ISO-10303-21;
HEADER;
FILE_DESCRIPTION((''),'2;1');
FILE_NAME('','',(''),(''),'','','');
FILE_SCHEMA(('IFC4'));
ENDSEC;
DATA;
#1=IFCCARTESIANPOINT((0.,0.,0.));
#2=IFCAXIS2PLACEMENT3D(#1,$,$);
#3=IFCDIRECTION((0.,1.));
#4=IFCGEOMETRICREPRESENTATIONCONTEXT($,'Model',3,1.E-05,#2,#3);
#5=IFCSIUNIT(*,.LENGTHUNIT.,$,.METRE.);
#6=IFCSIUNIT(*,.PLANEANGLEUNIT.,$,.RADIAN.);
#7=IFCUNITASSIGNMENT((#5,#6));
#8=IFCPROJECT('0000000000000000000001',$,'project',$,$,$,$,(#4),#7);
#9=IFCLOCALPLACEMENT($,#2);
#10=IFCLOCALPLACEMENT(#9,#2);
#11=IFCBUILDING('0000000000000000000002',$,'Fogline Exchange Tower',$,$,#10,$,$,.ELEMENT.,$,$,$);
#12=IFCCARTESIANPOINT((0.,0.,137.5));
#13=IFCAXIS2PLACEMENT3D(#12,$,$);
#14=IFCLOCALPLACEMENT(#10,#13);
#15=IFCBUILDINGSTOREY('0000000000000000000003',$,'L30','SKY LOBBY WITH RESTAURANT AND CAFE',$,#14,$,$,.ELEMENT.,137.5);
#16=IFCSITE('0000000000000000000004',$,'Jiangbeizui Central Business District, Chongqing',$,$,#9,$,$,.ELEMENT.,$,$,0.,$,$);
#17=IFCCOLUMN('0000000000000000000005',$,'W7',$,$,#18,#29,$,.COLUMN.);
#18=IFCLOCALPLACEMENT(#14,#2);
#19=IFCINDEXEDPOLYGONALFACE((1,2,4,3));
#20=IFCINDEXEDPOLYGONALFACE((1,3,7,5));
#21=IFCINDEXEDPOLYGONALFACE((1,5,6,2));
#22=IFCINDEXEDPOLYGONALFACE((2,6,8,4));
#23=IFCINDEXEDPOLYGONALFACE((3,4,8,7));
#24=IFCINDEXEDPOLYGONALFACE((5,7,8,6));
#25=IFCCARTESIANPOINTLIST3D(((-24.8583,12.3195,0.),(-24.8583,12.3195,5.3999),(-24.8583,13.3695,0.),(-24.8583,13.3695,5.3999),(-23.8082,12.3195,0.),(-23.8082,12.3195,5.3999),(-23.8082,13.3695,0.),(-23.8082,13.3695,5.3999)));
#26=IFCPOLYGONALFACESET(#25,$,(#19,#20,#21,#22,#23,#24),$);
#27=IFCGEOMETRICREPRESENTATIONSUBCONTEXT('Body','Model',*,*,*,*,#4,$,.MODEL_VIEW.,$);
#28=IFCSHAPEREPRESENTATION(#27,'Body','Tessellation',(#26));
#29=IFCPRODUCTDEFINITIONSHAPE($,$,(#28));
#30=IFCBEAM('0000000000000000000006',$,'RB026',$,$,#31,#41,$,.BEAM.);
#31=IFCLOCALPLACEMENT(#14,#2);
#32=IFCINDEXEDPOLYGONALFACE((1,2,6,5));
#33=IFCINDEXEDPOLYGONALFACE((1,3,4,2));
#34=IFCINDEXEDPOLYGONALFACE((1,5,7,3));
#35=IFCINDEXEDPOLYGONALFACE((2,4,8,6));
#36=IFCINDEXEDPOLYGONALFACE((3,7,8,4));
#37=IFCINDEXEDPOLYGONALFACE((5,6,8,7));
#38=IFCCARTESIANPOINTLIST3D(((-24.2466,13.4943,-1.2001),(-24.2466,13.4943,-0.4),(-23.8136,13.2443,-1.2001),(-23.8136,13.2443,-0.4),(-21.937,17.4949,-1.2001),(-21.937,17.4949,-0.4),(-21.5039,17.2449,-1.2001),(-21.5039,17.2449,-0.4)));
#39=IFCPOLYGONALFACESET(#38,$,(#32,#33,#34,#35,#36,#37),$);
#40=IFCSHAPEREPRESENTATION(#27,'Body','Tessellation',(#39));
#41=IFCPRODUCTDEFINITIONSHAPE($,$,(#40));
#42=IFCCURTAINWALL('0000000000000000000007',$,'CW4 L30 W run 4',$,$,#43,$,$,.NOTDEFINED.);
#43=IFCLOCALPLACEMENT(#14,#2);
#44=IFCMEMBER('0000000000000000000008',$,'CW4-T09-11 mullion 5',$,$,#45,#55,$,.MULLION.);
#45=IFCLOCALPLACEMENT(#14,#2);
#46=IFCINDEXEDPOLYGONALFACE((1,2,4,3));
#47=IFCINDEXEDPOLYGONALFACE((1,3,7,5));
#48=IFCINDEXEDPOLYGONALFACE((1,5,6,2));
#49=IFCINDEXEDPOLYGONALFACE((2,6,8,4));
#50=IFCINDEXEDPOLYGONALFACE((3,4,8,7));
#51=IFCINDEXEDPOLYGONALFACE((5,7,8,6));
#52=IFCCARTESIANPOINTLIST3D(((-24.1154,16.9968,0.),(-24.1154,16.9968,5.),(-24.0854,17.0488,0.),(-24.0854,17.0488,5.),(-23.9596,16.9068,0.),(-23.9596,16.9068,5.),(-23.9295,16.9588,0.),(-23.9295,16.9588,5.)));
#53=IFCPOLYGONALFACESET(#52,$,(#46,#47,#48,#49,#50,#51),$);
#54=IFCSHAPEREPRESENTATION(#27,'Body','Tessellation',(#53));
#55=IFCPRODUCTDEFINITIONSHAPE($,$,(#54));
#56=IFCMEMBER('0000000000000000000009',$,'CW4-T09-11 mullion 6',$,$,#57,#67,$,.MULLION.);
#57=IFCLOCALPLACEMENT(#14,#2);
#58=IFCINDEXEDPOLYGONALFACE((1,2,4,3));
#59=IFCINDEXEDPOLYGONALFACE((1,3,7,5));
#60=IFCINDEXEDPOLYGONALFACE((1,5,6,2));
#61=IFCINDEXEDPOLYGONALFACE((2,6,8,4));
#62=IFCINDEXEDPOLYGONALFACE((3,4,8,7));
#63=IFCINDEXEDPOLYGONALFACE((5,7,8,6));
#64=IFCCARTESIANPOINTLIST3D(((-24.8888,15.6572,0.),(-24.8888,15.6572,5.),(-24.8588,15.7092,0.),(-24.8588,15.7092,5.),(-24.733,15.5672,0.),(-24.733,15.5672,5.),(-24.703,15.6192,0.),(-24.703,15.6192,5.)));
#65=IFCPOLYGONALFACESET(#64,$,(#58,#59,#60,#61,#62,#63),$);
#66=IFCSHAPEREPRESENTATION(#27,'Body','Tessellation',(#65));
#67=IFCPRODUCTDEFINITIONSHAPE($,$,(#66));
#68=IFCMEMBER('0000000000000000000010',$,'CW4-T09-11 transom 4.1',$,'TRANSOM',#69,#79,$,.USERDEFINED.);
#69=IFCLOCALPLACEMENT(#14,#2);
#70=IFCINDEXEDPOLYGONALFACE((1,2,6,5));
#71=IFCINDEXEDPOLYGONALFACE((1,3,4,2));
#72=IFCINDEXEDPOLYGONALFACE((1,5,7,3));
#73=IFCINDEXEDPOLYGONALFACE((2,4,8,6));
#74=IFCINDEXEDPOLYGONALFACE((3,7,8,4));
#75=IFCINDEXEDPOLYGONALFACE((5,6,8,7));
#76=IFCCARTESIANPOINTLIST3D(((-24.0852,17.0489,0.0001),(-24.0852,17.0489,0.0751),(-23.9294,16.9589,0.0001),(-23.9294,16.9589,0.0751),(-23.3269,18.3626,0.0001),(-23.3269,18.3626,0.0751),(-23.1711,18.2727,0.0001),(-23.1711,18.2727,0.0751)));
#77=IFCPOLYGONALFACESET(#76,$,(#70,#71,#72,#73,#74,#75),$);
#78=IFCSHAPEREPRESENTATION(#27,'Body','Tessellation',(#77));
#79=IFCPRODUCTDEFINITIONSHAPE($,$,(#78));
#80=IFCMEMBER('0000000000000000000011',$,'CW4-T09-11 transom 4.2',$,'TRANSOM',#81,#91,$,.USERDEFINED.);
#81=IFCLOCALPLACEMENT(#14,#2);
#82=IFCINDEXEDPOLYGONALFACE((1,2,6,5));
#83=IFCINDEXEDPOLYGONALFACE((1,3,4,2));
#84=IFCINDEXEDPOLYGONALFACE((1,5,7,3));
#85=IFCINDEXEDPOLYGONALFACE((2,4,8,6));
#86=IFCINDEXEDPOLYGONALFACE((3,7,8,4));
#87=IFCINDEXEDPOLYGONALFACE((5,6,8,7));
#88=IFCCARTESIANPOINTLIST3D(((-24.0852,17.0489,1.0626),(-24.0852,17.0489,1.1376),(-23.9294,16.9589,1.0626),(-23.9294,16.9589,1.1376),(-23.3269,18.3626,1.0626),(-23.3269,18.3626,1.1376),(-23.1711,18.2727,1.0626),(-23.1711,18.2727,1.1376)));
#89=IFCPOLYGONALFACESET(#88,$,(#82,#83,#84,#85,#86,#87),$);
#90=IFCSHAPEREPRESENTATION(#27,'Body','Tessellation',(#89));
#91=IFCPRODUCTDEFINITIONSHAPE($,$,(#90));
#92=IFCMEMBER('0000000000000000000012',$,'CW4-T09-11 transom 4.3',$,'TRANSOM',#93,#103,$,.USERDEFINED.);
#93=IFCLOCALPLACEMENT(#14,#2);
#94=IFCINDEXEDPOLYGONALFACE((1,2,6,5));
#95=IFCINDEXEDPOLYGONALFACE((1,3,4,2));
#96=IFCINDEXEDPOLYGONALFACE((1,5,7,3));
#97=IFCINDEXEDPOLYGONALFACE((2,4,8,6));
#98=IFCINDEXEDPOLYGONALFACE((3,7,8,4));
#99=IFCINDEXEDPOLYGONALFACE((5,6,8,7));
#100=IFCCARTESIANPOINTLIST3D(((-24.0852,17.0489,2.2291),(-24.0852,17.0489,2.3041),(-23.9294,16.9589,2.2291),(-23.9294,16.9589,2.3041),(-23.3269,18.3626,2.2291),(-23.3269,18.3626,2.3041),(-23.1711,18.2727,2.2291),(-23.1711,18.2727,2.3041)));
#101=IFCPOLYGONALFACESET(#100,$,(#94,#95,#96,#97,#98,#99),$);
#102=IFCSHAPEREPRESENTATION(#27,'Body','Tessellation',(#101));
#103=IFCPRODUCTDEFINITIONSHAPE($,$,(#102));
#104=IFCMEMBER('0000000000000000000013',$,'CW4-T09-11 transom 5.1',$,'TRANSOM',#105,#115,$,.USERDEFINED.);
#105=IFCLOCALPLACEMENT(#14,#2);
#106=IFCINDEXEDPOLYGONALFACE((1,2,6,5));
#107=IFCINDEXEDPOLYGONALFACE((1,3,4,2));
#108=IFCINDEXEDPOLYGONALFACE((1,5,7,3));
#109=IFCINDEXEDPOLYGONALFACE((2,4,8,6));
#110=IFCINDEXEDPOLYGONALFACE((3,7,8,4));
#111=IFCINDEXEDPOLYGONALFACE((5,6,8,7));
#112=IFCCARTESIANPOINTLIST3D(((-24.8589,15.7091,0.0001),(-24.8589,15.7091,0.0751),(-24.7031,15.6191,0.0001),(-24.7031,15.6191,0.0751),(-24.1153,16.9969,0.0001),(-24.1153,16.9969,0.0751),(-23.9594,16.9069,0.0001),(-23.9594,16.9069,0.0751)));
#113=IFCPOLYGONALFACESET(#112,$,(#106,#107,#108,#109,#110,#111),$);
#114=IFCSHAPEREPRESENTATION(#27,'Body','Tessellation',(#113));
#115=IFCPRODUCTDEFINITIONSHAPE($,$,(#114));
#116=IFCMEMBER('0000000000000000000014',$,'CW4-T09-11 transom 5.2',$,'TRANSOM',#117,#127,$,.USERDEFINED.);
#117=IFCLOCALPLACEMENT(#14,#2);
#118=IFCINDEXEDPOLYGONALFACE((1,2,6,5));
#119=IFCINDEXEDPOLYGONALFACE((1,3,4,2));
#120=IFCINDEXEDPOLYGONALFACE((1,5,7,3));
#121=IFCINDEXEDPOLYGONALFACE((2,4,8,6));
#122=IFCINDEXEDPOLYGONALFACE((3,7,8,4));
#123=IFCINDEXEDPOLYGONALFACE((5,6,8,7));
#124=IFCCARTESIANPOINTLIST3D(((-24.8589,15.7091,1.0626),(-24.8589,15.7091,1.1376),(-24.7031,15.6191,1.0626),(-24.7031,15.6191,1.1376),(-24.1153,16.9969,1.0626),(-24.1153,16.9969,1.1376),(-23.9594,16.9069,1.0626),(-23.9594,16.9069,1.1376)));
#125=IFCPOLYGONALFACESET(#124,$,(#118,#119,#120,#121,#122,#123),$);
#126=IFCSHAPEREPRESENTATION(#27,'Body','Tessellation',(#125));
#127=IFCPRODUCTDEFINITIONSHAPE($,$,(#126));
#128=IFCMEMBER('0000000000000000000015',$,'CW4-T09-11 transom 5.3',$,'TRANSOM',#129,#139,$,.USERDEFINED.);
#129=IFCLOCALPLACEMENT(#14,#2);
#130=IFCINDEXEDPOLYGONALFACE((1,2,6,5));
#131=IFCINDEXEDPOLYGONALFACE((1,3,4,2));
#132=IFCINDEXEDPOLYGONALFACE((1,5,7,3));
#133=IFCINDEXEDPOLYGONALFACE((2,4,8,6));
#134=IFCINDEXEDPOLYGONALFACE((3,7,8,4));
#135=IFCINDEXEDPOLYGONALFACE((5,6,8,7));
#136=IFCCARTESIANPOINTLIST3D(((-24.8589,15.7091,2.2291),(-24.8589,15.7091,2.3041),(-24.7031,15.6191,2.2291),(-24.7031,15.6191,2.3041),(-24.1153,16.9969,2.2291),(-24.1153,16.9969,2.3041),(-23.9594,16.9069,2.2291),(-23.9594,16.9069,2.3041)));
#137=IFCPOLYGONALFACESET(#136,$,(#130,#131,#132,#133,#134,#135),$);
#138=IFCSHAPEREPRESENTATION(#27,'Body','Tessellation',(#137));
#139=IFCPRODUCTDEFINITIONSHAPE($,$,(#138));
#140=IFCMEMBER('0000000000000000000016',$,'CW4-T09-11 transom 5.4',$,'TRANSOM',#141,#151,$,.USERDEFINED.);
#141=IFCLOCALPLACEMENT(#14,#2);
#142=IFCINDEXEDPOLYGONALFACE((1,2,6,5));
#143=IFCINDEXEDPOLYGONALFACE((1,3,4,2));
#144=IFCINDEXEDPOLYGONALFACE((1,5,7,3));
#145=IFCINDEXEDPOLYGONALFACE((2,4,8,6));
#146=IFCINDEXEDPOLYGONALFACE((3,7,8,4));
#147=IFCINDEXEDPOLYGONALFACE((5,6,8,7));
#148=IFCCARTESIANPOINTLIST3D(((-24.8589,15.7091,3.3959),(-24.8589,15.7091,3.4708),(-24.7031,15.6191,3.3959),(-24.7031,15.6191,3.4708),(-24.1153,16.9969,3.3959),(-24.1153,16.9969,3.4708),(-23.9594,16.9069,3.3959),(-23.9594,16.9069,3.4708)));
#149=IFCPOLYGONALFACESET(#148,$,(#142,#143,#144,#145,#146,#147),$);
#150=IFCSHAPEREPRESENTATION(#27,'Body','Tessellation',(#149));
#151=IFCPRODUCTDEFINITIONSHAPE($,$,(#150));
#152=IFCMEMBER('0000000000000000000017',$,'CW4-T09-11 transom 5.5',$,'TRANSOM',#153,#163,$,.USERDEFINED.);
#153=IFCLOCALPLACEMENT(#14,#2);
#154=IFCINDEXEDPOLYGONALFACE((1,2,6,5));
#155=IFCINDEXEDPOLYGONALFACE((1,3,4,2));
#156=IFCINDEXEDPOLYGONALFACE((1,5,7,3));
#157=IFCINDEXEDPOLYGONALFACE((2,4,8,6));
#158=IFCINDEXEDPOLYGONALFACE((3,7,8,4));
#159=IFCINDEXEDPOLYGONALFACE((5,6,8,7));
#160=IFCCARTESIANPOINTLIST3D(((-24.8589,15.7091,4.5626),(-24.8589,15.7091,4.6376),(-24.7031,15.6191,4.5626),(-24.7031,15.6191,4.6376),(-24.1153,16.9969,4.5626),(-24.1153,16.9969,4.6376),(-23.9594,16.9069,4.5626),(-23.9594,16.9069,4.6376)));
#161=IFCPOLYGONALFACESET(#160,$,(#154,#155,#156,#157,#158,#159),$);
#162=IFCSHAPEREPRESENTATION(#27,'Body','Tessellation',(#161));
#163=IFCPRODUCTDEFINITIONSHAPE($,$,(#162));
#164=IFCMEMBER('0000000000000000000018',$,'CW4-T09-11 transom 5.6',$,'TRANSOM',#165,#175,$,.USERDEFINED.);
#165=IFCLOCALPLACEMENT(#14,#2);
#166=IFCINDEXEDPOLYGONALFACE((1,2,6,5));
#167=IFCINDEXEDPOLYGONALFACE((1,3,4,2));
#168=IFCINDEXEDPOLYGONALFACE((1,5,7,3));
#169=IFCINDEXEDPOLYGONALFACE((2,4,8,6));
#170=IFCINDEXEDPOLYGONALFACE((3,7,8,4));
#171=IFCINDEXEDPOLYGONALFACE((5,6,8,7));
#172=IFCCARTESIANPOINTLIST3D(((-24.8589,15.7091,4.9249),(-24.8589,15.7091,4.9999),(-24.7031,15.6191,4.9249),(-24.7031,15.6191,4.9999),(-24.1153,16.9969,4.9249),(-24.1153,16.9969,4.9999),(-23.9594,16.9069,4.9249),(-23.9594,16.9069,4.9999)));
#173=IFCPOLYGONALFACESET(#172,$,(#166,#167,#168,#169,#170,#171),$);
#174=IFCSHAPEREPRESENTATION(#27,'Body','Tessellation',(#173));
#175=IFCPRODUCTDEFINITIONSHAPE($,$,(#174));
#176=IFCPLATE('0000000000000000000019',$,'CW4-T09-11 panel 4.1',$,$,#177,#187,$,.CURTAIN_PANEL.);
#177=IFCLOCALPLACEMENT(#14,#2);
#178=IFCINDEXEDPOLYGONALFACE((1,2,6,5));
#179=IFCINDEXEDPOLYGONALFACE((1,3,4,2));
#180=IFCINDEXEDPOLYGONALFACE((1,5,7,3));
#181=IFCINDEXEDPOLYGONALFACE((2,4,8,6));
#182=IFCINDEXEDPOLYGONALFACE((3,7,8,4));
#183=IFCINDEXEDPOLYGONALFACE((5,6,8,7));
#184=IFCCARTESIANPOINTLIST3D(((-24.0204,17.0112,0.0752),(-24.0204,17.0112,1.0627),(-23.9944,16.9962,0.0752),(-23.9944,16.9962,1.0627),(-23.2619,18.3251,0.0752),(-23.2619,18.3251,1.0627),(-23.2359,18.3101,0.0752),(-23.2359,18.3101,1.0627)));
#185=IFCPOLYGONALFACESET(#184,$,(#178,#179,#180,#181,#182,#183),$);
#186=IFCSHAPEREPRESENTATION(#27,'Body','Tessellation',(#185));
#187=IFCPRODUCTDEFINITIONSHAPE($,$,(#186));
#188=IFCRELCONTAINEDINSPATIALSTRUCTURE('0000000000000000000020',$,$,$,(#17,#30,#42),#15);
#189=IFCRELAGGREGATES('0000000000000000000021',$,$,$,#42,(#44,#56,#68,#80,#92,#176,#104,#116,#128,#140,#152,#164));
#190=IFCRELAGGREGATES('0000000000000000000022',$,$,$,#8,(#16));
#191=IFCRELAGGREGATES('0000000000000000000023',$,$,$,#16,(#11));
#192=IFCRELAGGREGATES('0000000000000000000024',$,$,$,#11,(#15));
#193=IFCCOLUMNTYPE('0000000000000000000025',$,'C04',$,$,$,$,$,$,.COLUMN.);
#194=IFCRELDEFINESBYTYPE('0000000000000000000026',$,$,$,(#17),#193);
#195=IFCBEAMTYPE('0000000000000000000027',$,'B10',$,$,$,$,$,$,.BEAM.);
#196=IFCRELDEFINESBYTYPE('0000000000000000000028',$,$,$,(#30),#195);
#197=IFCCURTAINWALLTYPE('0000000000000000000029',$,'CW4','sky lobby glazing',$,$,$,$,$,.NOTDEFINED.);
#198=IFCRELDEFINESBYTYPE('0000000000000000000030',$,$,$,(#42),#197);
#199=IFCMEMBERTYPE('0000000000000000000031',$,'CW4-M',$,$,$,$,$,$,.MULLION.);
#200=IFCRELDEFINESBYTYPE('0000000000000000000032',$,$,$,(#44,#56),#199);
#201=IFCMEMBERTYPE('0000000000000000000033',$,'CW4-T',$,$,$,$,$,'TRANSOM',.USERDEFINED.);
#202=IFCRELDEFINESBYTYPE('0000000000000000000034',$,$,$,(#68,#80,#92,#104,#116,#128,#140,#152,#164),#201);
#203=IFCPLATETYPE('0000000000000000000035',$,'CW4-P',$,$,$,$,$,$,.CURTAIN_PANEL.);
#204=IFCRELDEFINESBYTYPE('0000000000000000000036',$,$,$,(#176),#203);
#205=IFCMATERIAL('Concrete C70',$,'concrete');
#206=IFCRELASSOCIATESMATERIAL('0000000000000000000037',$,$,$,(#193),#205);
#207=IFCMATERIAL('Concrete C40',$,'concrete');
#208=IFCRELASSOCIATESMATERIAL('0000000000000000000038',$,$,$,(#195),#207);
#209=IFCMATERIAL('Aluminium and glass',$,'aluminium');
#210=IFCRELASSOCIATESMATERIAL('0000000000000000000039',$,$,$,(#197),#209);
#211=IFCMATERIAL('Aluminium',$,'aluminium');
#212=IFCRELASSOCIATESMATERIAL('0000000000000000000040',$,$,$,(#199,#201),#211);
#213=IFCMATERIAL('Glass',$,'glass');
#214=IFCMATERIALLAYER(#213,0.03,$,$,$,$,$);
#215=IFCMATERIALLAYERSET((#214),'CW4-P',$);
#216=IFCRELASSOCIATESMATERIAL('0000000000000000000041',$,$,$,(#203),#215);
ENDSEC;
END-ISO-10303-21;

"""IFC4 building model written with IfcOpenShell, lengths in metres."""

from ifc_helpers import new_model, si_unit, direction, frame, origin, origin_2d, place, context, subcontext, project, spatial, rectangle, extrude, material, layer, layer_set, material_profile, profile_set, type_object, element, aggregate, save


model = new_model("IFC4")

# Units and contexts
model_context = context("Model", 3, precision=1e-05, world=origin(), true_north=direction((0.0, 1.0)))
body_context = subcontext(model_context, "Body", "Model", "MODEL_VIEW")
ifc_project = project(units=[si_unit("LENGTHUNIT", "METRE"), si_unit("PLANEANGLEUNIT", "RADIAN")], contexts=[model_context])

# Site, building, storey
site_placement = place(None, origin())
site = spatial("IfcSite", under=ifc_project, at=site_placement, Name="Jiangbeizui Central Business District, Chongqing", CompositionType="ELEMENT", RefElevation=0.0)
building_placement = place(site_placement, origin())
building = spatial("IfcBuilding", under=site, at=building_placement, Name="Fogline Exchange Tower", CompositionType="ELEMENT")
storey_placement = place(building_placement, frame((0.0, 0.0, 137.5)))
storey = spatial("IfcBuildingStorey", under=building, at=storey_placement, Name="L30", Description="SKY LOBBY WITH RESTAURANT AND CAFE", CompositionType="ELEMENT", Elevation=137.5)

# Column
ifc_material_1 = material(Name="Concrete C70", Category="concrete")
ifc_material_profile_1 = material_profile(ifc_material_1, rectangle(XDim=1.05, YDim=1.05, at=origin_2d()), Name="RC 1050x1050")
ifc_profile_set_1 = profile_set([ifc_material_profile_1], Name="Concrete C70")
column_type = type_object("IfcColumnType", Name="C04", PredefinedType="COLUMN", material=ifc_profile_set_1)
column_placement = place(storey_placement, frame((-24.3333, 12.8445, 0.0), z_axis=(0.0, 0.0, 1.0), x_axis=(1.0, 0.0, 0.0)))
element("IfcColumn", 1, at=column_placement, inside=storey, type_object=column_type, Name="W7", PredefinedType="COLUMN", context=body_context, shape_type="SweptSolid", body=[
    extrude(rectangle(XDim=1.05, YDim=1.05, at=origin_2d()), origin(), (0.0, 0.0, 1.0), 5.3999),
])

# Beam
ifc_material_2 = material(Name="Concrete C40", Category="concrete")
ifc_material_profile_2 = material_profile(ifc_material_2, rectangle(XDim=0.5, YDim=0.8, at=origin_2d()), Name="RC 500x800")
ifc_profile_set_2 = profile_set([ifc_material_profile_2], Name="Concrete C40")
beam_type = type_object("IfcBeamType", Name="B10", PredefinedType="BEAM", material=ifc_profile_set_2)
beam_placement = place(storey_placement, frame((-21.7205, 17.3699, -0.8), z_axis=(-0.499982, -0.866036, 0.0), x_axis=(0.866036, -0.499982, 0.0)))
element("IfcBeam", 2, at=beam_placement, inside=storey, type_object=beam_type, Name="RB026", PredefinedType="BEAM", context=body_context, shape_type="SweptSolid", body=[
    extrude(rectangle(XDim=0.5, YDim=0.8, at=origin_2d()), origin(), (0.0, 0.0, 1.0), 4.6194),
])

# Curtain wall, members, plate
ifc_material_3 = material(Name="Aluminium and glass", Category="aluminium")
curtain_wall_type = type_object("IfcCurtainWallType", Name="CW4", Description="sky lobby glazing", PredefinedType="NOTDEFINED", material=ifc_material_3)
curtain_wall_placement = place(storey_placement, origin())
curtain_wall = element("IfcCurtainWall", 3, at=curtain_wall_placement, inside=storey, type_object=curtain_wall_type, Name="CW4 L30 W run 4", PredefinedType="NOTDEFINED")
ifc_material_4 = material(Name="Aluminium", Category="aluminium")
ifc_material_profile_3 = material_profile(ifc_material_4, rectangle(XDim=0.1799, YDim=0.0601, at=origin_2d()), Name="Mullion 60x180")
ifc_profile_set_3 = profile_set([ifc_material_profile_3], Name="Aluminium")
member_type_1 = type_object("IfcMemberType", Name="CW4-M", PredefinedType="MULLION", material=ifc_profile_set_3)
member_1_placement = place(storey_placement, frame((-24.0225, 16.9778, 0.0), z_axis=(0.0, 0.0, 1.0), x_axis=(0.866025, -0.5, 0.0)))
member_1 = element("IfcMember", 4, at=member_1_placement, type_object=member_type_1, Name="CW4-T09-11 mullion 5", PredefinedType="MULLION", context=body_context, shape_type="SweptSolid", body=[
    extrude(rectangle(XDim=0.1799, YDim=0.0601, at=origin_2d()), origin(), (0.0, 0.0, 1.0), 5.0),
])
member_2_placement = place(storey_placement, frame((-24.7959, 15.6382, 0.0), z_axis=(0.0, 0.0, 1.0), x_axis=(0.866025, -0.5, 0.0)))
member_2 = element("IfcMember", 5, at=member_2_placement, type_object=member_type_1, Name="CW4-T09-11 mullion 6", PredefinedType="MULLION", context=body_context, shape_type="SweptSolid", body=[
    extrude(rectangle(XDim=0.1799, YDim=0.0601, at=origin_2d()), origin(), (0.0, 0.0, 1.0), 5.0),
])
ifc_material_profile_4 = material_profile(ifc_material_4, rectangle(XDim=0.1799, YDim=0.075, at=origin_2d()), Name="Transom 75x180")
ifc_profile_set_4 = profile_set([ifc_material_profile_4], Name="Aluminium")
member_type_2 = type_object("IfcMemberType", Name="CW4-T", ElementType="TRANSOM", PredefinedType="USERDEFINED", material=ifc_profile_set_4)
member_3_placement = place(storey_placement, frame((-23.249, 18.3176, 0.0376), z_axis=(-0.499913, -0.866076, 0.0), x_axis=(0.866076, -0.499913, 0.0)))
member_3 = element("IfcMember", 6, at=member_3_placement, type_object=member_type_2, Name="CW4-T09-11 transom 4.1", ObjectType="TRANSOM", PredefinedType="USERDEFINED", context=body_context, shape_type="SweptSolid", body=[
    extrude(rectangle(XDim=0.1799, YDim=0.075, at=origin_2d()), origin(), (0.0, 0.0, 1.0), 1.5168),
])
member_4_placement = place(storey_placement, frame((-23.249, 18.3176, 1.1001), z_axis=(-0.499913, -0.866076, 0.0), x_axis=(0.866076, -0.499913, 0.0)))
member_4 = element("IfcMember", 7, at=member_4_placement, type_object=member_type_2, Name="CW4-T09-11 transom 4.2", ObjectType="TRANSOM", PredefinedType="USERDEFINED", context=body_context, shape_type="SweptSolid", body=[
    extrude(rectangle(XDim=0.1799, YDim=0.075, at=origin_2d()), origin(), (0.0, 0.0, 1.0), 1.5168),
])
member_5_placement = place(storey_placement, frame((-23.249, 18.3176, 2.2666), z_axis=(-0.499913, -0.866076, 0.0), x_axis=(0.866076, -0.499913, 0.0)))
member_5 = element("IfcMember", 8, at=member_5_placement, type_object=member_type_2, Name="CW4-T09-11 transom 4.3", ObjectType="TRANSOM", PredefinedType="USERDEFINED", context=body_context, shape_type="SweptSolid", body=[
    extrude(rectangle(XDim=0.1799, YDim=0.075, at=origin_2d()), origin(), (0.0, 0.0, 1.0), 1.5168),
])
member_6_placement = place(storey_placement, frame((-24.0374, 16.9519, 0.0376), z_axis=(-0.500059, -0.865991, 0.0), x_axis=(0.865991, -0.500059, 0.0)))
member_6 = element("IfcMember", 9, at=member_6_placement, type_object=member_type_2, Name="CW4-T09-11 transom 5.1", ObjectType="TRANSOM", PredefinedType="USERDEFINED", context=body_context, shape_type="SweptSolid", body=[
    extrude(rectangle(XDim=0.1799, YDim=0.075, at=origin_2d()), origin(), (0.0, 0.0, 1.0), 1.4871),
])
member_7_placement = place(storey_placement, frame((-24.0374, 16.9519, 1.1001), z_axis=(-0.500059, -0.865991, 0.0), x_axis=(0.865991, -0.500059, 0.0)))
member_7 = element("IfcMember", 10, at=member_7_placement, type_object=member_type_2, Name="CW4-T09-11 transom 5.2", ObjectType="TRANSOM", PredefinedType="USERDEFINED", context=body_context, shape_type="SweptSolid", body=[
    extrude(rectangle(XDim=0.1799, YDim=0.075, at=origin_2d()), origin(), (0.0, 0.0, 1.0), 1.4871),
])
member_8_placement = place(storey_placement, frame((-24.0374, 16.9519, 2.2666), z_axis=(-0.500059, -0.865991, 0.0), x_axis=(0.865991, -0.500059, 0.0)))
member_8 = element("IfcMember", 11, at=member_8_placement, type_object=member_type_2, Name="CW4-T09-11 transom 5.3", ObjectType="TRANSOM", PredefinedType="USERDEFINED", context=body_context, shape_type="SweptSolid", body=[
    extrude(rectangle(XDim=0.1799, YDim=0.075, at=origin_2d()), origin(), (0.0, 0.0, 1.0), 1.4871),
])
member_9_placement = place(storey_placement, frame((-24.0374, 16.9519, 3.4333), z_axis=(-0.500059, -0.865991, 0.0), x_axis=(0.865991, -0.500059, 0.0)))
member_9 = element("IfcMember", 12, at=member_9_placement, type_object=member_type_2, Name="CW4-T09-11 transom 5.4", ObjectType="TRANSOM", PredefinedType="USERDEFINED", context=body_context, shape_type="SweptSolid", body=[
    extrude(rectangle(XDim=0.1799, YDim=0.075, at=origin_2d()), origin(), (0.0, 0.0, 1.0), 1.4871),
])
member_10_placement = place(storey_placement, frame((-24.0374, 16.9519, 4.6001), z_axis=(-0.500059, -0.865991, 0.0), x_axis=(0.865991, -0.500059, 0.0)))
member_10 = element("IfcMember", 13, at=member_10_placement, type_object=member_type_2, Name="CW4-T09-11 transom 5.5", ObjectType="TRANSOM", PredefinedType="USERDEFINED", context=body_context, shape_type="SweptSolid", body=[
    extrude(rectangle(XDim=0.1799, YDim=0.075, at=origin_2d()), origin(), (0.0, 0.0, 1.0), 1.4871),
])
member_11_placement = place(storey_placement, frame((-24.0374, 16.9519, 4.9624), z_axis=(-0.500059, -0.865991, 0.0), x_axis=(0.865991, -0.500059, 0.0)))
member_11 = element("IfcMember", 14, at=member_11_placement, type_object=member_type_2, Name="CW4-T09-11 transom 5.6", ObjectType="TRANSOM", PredefinedType="USERDEFINED", context=body_context, shape_type="SweptSolid", body=[
    extrude(rectangle(XDim=0.1799, YDim=0.075, at=origin_2d()), origin(), (0.0, 0.0, 1.0), 1.4871),
])
ifc_material_5 = material(Name="Glass", Category="glass")
ifc_layer_1 = layer(ifc_material_5, 0.03)
ifc_layer_set_1 = layer_set([ifc_layer_1], Name="CW4-P")
plate_type = type_object("IfcPlateType", Name="CW4-P", PredefinedType="CURTAIN_PANEL", material=ifc_layer_set_1)
plate_1_placement = place(storey_placement, frame((-23.6282, 17.6606, 0.0752), z_axis=(0.0, 0.0, 1.0), x_axis=(-0.5, -0.866025, 0.0)))
plate_1 = element("IfcPlate", 15, at=plate_1_placement, type_object=plate_type, Name="CW4-T09-11 panel 4.1", PredefinedType="CURTAIN_PANEL", context=body_context, shape_type="SweptSolid", body=[
    extrude(rectangle(XDim=1.5171, YDim=0.03, at=origin_2d()), origin(), (0.0, 0.0, 1.0), 0.9875),
])
aggregate(curtain_wall, [member_1, member_2, member_3, member_4, member_5, plate_1, member_6, member_7, member_8, member_9, member_10, member_11])

save(model, "model.ifc")
